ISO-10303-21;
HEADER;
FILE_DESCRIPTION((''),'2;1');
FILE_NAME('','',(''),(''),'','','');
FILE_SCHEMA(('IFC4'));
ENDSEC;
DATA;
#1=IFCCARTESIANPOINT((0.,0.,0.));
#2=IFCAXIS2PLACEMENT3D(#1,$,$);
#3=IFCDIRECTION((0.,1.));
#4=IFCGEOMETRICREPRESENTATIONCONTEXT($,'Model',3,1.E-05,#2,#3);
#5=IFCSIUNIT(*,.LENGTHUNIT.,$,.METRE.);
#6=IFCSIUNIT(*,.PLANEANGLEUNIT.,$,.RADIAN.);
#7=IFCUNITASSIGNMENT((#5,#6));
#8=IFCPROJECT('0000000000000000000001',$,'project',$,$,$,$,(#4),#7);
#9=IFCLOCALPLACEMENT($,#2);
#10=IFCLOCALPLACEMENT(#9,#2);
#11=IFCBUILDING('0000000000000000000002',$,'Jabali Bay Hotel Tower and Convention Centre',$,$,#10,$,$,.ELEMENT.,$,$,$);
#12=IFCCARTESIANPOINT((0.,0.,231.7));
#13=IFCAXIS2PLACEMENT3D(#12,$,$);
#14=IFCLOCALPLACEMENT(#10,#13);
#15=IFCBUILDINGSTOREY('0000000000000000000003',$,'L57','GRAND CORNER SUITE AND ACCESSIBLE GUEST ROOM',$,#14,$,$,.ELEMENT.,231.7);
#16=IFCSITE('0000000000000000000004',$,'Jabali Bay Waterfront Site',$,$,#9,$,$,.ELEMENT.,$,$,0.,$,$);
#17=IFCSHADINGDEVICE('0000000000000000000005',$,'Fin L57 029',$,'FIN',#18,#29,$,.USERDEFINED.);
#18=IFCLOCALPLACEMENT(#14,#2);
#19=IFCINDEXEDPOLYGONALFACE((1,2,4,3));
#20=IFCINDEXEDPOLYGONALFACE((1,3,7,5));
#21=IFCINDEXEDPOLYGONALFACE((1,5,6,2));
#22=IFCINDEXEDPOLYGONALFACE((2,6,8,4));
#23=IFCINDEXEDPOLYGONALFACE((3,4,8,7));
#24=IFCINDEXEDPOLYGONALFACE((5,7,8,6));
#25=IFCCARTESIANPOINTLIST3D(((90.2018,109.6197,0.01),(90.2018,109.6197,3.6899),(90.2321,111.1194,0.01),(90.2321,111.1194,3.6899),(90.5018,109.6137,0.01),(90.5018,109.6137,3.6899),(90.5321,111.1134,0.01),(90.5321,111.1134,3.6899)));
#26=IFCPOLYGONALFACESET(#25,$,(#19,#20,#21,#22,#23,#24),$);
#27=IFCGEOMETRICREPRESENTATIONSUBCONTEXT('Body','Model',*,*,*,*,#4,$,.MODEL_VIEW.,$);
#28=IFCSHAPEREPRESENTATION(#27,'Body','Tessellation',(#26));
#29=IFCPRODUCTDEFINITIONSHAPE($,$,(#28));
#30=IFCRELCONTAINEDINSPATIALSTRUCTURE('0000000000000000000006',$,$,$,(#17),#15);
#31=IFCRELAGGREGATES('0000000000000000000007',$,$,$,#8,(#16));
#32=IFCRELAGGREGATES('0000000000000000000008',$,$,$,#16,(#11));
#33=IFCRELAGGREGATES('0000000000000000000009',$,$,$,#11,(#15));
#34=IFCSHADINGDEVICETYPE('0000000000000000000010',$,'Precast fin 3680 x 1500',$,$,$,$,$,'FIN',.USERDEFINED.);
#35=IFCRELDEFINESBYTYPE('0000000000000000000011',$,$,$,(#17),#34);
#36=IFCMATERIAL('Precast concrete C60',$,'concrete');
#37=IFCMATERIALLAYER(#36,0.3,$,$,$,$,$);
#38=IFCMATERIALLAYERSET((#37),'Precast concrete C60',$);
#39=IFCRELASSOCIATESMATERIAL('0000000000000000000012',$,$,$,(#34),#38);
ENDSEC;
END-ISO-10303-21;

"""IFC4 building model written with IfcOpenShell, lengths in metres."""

from ifc_helpers import new_model, si_unit, direction, frame, frame_2d, origin, place, context, subcontext, project, spatial, rectangle, extrude, material, layer, layer_set, type_object, element, save


model = new_model("IFC4")

# Units and contexts
model_context = context("Model", 3, precision=1e-05, world=origin(), true_north=direction((0.0, 1.0)))
body_context = subcontext(model_context, "Body", "Model", "MODEL_VIEW")
ifc_project = project(units=[si_unit("LENGTHUNIT", "METRE"), si_unit("PLANEANGLEUNIT", "RADIAN")], contexts=[model_context])

# Site, building, storey
site_placement = place(None, origin())
site = spatial("IfcSite", under=ifc_project, at=site_placement, Name="Jabali Bay Waterfront Site", CompositionType="ELEMENT", RefElevation=0.0)
building_placement = place(site_placement, origin())
building = spatial("IfcBuilding", under=site, at=building_placement, Name="Jabali Bay Hotel Tower and Convention Centre", CompositionType="ELEMENT")
storey_placement = place(building_placement, frame((0.0, 0.0, 231.7)))
storey = spatial("IfcBuildingStorey", under=building, at=storey_placement, Name="L57", Description="GRAND CORNER SUITE AND ACCESSIBLE GUEST ROOM", CompositionType="ELEMENT", Elevation=231.7)

# Shading device
ifc_material_1 = material(Name="Precast concrete C60", Category="concrete")
ifc_layer_1 = layer(ifc_material_1, 0.3)
ifc_layer_set_1 = layer_set([ifc_layer_1], Name="Precast concrete C60")
shading_device_type_1 = type_object("IfcShadingDeviceType", Name="Precast fin 3680 x 1500", ElementType="FIN", PredefinedType="USERDEFINED", material=ifc_layer_set_1)
for number, where, z_axis, x_axis, name in (
    (1, (90.3518, 109.6167, 0.01), (0.0, 0.0, 1.0), (0.020181, 0.999796, 0.0), "Fin L57 029"),
):
    element("IfcShadingDevice", number, at=place(storey_placement, frame(where, z_axis=z_axis, x_axis=x_axis)), inside=storey, type_object=shading_device_type_1, Name=name, ObjectType="FIN", PredefinedType="USERDEFINED", context=body_context, shape_type="SweptSolid", body=[
        extrude(rectangle(XDim=1.5, YDim=0.3, at=frame_2d((0.75, 0.0))), origin(), (0.0, 0.0, 1.0), 3.6799),
    ])

save(model, "model.ifc")
